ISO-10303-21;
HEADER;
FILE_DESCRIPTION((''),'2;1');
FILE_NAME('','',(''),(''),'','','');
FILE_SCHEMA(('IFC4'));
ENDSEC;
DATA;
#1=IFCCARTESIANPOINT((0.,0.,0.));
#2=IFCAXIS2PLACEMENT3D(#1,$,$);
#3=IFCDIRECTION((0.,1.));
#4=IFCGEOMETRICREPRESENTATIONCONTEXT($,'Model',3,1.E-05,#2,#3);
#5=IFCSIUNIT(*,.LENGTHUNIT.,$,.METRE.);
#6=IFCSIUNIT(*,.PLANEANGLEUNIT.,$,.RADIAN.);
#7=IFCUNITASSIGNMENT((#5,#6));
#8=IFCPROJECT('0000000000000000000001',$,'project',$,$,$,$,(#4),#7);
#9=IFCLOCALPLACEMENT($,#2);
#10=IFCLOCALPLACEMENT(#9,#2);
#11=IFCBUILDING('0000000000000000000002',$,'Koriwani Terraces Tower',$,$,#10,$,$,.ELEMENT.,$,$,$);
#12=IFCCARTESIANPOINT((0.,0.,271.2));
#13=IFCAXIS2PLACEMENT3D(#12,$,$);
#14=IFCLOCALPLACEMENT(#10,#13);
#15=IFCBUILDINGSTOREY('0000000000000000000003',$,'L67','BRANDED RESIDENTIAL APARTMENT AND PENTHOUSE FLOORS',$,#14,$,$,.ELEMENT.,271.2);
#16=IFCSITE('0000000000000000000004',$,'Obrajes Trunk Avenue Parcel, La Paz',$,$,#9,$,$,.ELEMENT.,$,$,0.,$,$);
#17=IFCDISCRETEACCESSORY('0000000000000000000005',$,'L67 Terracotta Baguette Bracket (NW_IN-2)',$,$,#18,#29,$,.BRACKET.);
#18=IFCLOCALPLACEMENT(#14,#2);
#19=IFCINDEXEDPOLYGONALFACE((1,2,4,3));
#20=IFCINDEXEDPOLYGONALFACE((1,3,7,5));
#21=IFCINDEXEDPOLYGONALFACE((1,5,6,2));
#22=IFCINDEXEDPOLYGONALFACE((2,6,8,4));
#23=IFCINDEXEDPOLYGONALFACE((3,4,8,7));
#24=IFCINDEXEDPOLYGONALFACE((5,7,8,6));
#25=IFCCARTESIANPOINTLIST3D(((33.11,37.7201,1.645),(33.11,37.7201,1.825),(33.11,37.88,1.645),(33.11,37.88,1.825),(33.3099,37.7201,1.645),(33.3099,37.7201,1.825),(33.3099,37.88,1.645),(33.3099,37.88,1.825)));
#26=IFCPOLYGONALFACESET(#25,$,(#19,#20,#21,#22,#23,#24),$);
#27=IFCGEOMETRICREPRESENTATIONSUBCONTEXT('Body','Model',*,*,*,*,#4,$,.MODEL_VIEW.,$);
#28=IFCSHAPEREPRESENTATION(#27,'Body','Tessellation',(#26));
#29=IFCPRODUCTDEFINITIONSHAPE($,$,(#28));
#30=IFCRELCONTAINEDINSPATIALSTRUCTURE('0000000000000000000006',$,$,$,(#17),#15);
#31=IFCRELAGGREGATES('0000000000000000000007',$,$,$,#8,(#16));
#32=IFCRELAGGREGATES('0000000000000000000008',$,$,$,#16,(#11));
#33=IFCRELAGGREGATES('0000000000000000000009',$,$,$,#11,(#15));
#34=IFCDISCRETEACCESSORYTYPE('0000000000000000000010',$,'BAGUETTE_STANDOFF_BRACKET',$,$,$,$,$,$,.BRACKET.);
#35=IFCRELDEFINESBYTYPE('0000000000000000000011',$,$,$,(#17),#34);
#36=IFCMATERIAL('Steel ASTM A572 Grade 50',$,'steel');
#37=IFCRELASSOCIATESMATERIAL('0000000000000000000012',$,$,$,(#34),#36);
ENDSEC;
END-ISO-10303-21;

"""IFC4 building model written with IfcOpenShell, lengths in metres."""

from ifc_helpers import new_model, si_unit, direction, frame, origin, origin_2d, place, context, subcontext, project, spatial, rectangle, extrude, material, type_object, element, save


model = new_model("IFC4")

# Units and contexts
model_context = context("Model", 3, precision=1e-05, world=origin(), true_north=direction((0.0, 1.0)))
body_context = subcontext(model_context, "Body", "Model", "MODEL_VIEW")
ifc_project = project(units=[si_unit("LENGTHUNIT", "METRE"), si_unit("PLANEANGLEUNIT", "RADIAN")], contexts=[model_context])

# Site, building, storey
site_placement = place(None, origin())
site = spatial("IfcSite", under=ifc_project, at=site_placement, Name="Obrajes Trunk Avenue Parcel, La Paz", CompositionType="ELEMENT", RefElevation=0.0)
building_placement = place(site_placement, origin())
building = spatial("IfcBuilding", under=site, at=building_placement, Name="Koriwani Terraces Tower", CompositionType="ELEMENT")
storey_placement = place(building_placement, frame((0.0, 0.0, 271.2)))
storey = spatial("IfcBuildingStorey", under=building, at=storey_placement, Name="L67", Description="BRANDED RESIDENTIAL APARTMENT AND PENTHOUSE FLOORS", CompositionType="ELEMENT", Elevation=271.2)

# Shared definitions
ifc_material_1 = material(Name="Steel ASTM A572 Grade 50", Category="steel")

# Discrete accessory
discrete_accessory_type = type_object("IfcDiscreteAccessoryType", Name="BAGUETTE_STANDOFF_BRACKET", PredefinedType="BRACKET", material=ifc_material_1)
discrete_accessory_placement = place(storey_placement, frame((33.21, 37.8, 1.645), z_axis=(0.0, 0.0, 1.0), x_axis=(0.0, -1.0, 0.0)))
element("IfcDiscreteAccessory", 1, at=discrete_accessory_placement, inside=storey, type_object=discrete_accessory_type, Name="L67 Terracotta Baguette Bracket (NW_IN-2)", PredefinedType="BRACKET", context=body_context, shape_type="SweptSolid", body=[
    extrude(rectangle(XDim=0.1599, YDim=0.2, at=origin_2d()), origin(), (0.0, 0.0, 1.0), 0.1799),
])

save(model, "model.ifc")
